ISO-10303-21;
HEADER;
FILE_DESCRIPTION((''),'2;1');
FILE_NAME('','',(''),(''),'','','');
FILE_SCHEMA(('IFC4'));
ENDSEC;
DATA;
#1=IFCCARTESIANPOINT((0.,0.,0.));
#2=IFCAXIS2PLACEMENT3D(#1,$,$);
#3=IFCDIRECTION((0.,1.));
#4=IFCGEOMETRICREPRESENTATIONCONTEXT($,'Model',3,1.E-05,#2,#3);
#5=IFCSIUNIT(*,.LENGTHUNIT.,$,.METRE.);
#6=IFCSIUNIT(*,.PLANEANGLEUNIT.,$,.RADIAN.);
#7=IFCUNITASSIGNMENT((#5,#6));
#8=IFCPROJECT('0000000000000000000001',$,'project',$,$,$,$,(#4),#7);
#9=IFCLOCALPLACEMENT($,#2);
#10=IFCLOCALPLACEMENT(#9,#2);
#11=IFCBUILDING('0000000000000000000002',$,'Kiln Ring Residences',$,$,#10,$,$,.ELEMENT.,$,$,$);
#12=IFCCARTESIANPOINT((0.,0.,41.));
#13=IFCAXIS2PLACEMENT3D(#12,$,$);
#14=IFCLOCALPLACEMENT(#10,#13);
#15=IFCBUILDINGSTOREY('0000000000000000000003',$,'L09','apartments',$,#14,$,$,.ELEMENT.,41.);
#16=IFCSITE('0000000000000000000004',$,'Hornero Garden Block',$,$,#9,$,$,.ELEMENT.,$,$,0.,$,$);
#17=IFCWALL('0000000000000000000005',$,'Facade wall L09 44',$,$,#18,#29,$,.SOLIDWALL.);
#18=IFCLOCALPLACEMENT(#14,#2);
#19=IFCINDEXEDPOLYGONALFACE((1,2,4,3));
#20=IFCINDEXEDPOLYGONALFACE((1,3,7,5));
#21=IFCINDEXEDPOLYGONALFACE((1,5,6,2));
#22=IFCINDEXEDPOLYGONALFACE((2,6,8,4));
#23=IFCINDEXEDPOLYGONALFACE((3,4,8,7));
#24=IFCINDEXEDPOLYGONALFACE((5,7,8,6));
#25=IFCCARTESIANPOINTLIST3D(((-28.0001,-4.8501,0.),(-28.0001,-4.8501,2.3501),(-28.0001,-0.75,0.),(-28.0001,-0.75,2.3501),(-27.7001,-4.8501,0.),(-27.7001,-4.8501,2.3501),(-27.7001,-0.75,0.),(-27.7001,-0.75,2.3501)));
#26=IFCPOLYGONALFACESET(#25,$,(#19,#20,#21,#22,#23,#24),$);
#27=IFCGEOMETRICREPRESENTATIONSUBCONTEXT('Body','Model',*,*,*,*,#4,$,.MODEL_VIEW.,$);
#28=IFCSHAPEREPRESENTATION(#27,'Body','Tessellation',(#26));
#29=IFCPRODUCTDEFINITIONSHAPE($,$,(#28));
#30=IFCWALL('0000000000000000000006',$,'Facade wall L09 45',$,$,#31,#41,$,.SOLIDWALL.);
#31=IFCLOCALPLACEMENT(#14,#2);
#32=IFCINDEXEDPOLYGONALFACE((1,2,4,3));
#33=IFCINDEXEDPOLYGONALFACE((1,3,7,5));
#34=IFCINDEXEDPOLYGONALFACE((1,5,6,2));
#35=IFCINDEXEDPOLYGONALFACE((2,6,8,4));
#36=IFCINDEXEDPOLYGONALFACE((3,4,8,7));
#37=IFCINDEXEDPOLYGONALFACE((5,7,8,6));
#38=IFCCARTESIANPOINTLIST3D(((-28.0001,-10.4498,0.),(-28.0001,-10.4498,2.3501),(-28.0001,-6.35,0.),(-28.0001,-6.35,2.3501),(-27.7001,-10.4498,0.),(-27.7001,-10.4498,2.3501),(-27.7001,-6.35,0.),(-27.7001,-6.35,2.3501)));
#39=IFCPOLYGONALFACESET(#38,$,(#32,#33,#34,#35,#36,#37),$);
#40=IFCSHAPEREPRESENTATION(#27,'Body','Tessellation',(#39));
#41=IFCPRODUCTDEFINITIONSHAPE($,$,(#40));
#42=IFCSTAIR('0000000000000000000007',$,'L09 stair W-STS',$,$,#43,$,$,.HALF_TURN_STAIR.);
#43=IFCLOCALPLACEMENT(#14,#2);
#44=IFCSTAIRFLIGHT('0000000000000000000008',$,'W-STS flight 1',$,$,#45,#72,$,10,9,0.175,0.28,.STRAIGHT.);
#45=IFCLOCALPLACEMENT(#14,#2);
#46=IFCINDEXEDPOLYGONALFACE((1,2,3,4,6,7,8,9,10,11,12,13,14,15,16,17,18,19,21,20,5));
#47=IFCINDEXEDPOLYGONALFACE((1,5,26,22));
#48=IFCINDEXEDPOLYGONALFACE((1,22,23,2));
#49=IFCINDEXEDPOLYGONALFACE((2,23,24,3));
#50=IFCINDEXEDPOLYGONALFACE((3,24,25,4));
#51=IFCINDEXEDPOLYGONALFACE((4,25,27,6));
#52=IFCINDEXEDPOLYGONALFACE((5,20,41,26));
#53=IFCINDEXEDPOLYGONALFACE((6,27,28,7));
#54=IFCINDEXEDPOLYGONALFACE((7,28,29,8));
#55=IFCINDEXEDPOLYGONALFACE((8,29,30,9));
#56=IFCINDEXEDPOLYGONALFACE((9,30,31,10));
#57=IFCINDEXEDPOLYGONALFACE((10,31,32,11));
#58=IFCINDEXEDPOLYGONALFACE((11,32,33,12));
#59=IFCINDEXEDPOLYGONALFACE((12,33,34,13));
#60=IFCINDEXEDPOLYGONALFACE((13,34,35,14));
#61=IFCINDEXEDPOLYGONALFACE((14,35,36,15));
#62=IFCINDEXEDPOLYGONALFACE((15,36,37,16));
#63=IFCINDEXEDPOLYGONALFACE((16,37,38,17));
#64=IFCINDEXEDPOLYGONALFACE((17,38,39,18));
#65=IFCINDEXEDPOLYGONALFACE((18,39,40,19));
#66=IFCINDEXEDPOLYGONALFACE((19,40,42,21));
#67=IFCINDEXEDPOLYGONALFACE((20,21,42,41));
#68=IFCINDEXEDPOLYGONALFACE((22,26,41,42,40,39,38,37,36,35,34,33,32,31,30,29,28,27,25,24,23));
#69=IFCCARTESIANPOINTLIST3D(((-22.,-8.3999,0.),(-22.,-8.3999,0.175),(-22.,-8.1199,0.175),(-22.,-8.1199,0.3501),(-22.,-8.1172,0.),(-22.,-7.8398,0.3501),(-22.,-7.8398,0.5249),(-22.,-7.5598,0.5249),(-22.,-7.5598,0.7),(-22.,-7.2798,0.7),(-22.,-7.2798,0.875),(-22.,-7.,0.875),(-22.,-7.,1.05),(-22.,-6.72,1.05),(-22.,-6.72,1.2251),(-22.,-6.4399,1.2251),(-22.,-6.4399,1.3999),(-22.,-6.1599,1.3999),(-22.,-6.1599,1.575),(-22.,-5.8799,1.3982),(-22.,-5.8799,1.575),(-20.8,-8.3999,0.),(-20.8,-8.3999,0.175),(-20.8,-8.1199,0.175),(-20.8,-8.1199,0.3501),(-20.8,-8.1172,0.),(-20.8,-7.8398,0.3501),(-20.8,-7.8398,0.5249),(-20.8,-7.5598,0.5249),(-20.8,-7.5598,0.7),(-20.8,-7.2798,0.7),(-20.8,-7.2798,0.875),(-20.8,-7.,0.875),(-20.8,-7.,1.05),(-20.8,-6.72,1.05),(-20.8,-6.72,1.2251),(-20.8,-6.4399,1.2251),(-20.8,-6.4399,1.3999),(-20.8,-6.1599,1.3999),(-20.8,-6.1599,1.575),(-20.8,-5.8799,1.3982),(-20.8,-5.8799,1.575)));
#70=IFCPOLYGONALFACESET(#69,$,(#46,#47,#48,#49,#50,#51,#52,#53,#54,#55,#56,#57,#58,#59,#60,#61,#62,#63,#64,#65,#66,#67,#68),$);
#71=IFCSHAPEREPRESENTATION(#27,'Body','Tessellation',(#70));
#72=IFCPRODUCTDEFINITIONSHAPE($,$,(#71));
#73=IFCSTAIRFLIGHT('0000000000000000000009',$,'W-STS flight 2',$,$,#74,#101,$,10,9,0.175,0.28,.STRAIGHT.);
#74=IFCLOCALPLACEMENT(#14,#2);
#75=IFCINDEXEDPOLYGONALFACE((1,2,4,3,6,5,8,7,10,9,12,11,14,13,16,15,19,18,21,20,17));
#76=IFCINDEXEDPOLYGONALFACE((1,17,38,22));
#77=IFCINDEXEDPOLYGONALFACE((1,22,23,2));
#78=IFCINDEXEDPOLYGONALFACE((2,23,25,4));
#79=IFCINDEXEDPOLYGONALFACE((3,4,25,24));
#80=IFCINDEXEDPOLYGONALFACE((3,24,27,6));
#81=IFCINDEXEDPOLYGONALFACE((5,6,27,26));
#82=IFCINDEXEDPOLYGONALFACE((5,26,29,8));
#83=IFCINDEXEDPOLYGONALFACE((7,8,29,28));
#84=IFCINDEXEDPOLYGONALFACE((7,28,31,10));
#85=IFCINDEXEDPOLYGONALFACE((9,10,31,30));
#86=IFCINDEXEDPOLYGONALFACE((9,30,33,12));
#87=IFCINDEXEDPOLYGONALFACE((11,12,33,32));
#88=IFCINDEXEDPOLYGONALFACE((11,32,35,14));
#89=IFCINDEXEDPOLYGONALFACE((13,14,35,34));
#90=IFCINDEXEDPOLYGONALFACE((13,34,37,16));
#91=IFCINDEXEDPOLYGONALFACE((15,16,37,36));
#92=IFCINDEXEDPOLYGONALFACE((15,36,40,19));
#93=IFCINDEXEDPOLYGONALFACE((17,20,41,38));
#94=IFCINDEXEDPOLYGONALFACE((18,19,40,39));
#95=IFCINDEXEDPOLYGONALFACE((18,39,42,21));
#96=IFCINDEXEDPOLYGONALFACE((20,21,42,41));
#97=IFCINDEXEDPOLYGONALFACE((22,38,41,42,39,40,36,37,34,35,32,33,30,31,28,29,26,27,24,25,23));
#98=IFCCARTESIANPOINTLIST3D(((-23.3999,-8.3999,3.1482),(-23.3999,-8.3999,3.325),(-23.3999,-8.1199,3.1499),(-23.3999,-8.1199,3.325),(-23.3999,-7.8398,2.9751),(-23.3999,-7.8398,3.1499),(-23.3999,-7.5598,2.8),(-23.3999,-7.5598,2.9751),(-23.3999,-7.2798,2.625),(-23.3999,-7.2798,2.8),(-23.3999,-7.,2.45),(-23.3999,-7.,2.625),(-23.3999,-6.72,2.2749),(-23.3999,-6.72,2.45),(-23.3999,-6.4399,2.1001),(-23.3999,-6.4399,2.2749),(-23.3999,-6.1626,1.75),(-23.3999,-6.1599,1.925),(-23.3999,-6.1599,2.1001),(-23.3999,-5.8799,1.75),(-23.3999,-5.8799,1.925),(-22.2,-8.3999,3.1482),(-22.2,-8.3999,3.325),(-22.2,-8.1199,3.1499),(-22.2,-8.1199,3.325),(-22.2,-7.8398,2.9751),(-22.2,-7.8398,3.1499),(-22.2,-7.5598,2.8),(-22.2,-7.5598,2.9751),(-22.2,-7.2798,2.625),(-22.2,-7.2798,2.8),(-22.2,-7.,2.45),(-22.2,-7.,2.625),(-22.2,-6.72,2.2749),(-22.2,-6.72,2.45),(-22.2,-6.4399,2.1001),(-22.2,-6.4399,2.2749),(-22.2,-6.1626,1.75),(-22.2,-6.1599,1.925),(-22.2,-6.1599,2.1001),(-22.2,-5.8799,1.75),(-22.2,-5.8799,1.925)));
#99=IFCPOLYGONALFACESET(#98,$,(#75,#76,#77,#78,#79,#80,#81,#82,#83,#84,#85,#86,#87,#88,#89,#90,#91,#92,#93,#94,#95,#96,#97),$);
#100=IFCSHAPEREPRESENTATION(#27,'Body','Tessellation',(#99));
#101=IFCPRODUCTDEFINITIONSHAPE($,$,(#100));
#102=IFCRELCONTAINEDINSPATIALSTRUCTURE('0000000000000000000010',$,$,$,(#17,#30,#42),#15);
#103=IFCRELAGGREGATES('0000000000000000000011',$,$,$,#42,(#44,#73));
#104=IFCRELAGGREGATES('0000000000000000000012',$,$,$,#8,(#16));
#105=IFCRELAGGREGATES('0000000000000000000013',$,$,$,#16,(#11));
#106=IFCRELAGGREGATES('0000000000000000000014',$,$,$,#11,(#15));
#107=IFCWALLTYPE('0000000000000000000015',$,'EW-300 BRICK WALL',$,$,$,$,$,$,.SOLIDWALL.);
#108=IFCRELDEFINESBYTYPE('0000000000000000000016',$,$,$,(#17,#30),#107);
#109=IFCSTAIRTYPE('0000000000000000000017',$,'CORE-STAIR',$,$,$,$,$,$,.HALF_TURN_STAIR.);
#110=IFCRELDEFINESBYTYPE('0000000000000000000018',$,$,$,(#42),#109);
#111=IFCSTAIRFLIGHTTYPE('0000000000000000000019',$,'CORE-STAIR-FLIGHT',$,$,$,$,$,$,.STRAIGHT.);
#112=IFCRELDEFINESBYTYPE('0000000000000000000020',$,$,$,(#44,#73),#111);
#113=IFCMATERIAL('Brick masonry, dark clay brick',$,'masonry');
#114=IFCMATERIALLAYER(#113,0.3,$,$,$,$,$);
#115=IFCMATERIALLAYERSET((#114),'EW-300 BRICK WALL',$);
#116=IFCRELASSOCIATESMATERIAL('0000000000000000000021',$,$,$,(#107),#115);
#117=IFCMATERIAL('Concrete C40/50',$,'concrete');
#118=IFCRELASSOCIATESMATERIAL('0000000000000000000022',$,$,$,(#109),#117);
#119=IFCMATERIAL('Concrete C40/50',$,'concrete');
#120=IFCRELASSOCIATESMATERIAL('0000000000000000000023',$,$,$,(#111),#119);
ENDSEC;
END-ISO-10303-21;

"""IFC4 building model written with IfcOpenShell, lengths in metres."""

from ifc_helpers import new_model, si_unit, direction, frame, frame_2d, origin, place, context, subcontext, project, spatial, polyline, rectangle, outline, extrude, material, layer, layer_set, type_object, element, aggregate, save


model = new_model("IFC4")

# Units and contexts
model_context = context("Model", 3, precision=1e-05, world=origin(), true_north=direction((0.0, 1.0)))
body_context = subcontext(model_context, "Body", "Model", "MODEL_VIEW")
ifc_project = project(units=[si_unit("LENGTHUNIT", "METRE"), si_unit("PLANEANGLEUNIT", "RADIAN")], contexts=[model_context])

# Site, building, storey
site_placement = place(None, origin())
site = spatial("IfcSite", under=ifc_project, at=site_placement, Name="Hornero Garden Block", CompositionType="ELEMENT", RefElevation=0.0)
building_placement = place(site_placement, origin())
building = spatial("IfcBuilding", under=site, at=building_placement, Name="Kiln Ring Residences", CompositionType="ELEMENT")
storey_placement = place(building_placement, frame((0.0, 0.0, 41.0)))
storey = spatial("IfcBuildingStorey", under=building, at=storey_placement, Name="L09", Description="apartments", CompositionType="ELEMENT", Elevation=41.0)

# Walls
ifc_material_1 = material(Name="Brick masonry, dark clay brick", Category="masonry")
ifc_layer_1 = layer(ifc_material_1, 0.3)
ifc_layer_set_1 = layer_set([ifc_layer_1], Name="EW-300 BRICK WALL")
wall_type_1 = type_object("IfcWallType", Name="EW-300 BRICK WALL", PredefinedType="SOLIDWALL", material=ifc_layer_set_1)
wall_1_placement = place(storey_placement, frame((-27.8501, -0.75, 0.0), z_axis=(0.0, 0.0, 1.0), x_axis=(0.0, -1.0, 0.0)))
element("IfcWall", 1, at=wall_1_placement, inside=storey, type_object=wall_type_1, Name="Facade wall L09 44", PredefinedType="SOLIDWALL", context=body_context, shape_type="SweptSolid", body=[
    extrude(rectangle(XDim=4.1001, YDim=0.3, at=frame_2d((2.05, 0.0))), origin(), (0.0, 0.0, 1.0), 2.3501),
])
wall_2_placement = place(storey_placement, frame((-27.8501, -6.3501, 0.0), z_axis=(0.0, 0.0, 1.0), x_axis=(0.0, -1.0, 0.0)))
element("IfcWall", 2, at=wall_2_placement, inside=storey, type_object=wall_type_1, Name="Facade wall L09 45", PredefinedType="SOLIDWALL", context=body_context, shape_type="SweptSolid", body=[
    extrude(rectangle(XDim=4.0999, YDim=0.3, at=frame_2d((2.0498, 0.0))), origin(), (0.0, 0.0, 1.0), 2.3501),
])

# Stair, stair flights
ifc_material_2 = material(Name="Concrete C40/50", Category="concrete")
stair_type = type_object("IfcStairType", Name="CORE-STAIR", PredefinedType="HALF_TURN_STAIR", material=ifc_material_2)
stair_placement = place(storey_placement, origin())
stair = element("IfcStair", 3, at=stair_placement, inside=storey, type_object=stair_type, Name="L09 stair W-STS", PredefinedType="HALF_TURN_STAIR")
ifc_material_3 = material(Name="Concrete C40/50", Category="concrete")
stair_flight_type = type_object("IfcStairFlightType", Name="CORE-STAIR-FLIGHT", PredefinedType="STRAIGHT", material=ifc_material_3)
stair_flight_1_placement = place(storey_placement, frame((-21.3999, -8.3999, 0.0), z_axis=(0.0, 0.0, 1.0), x_axis=(0.0, 1.0, 0.0)))
stair_flight_1 = element("IfcStairFlight", 4, at=stair_flight_1_placement, type_object=stair_flight_type, Name="W-STS flight 1", NumberOfRisers=10, NumberOfTreads=9, PredefinedType="STRAIGHT", RiserHeight=0.175, TreadLength=0.28, context=body_context, shape_type="SweptSolid", body=[
    extrude(outline(polyline([(0.0, 0.0), (0.0, 0.175), (0.28, 0.175), (0.28, 0.3501), (0.5601, 0.3501), (0.5601, 0.5249), (0.8401, 0.5249), (0.8401, 0.7), (1.1201, 0.7), (1.1201, 0.875), (1.3999, 0.875), (1.3999, 1.05), (1.6799, 1.05), (1.6799, 1.2251), (1.96, 1.2251), (1.96, 1.3999), (2.24, 1.3999), (2.24, 1.575), (2.52, 1.575), (2.52, 1.75), (2.52, 1.3982), (0.2827, 0.0), (0.0, 0.0)])), frame((0.0, 0.6001, 0.0), z_axis=(0.0, -1.0, 0.0), x_axis=(1.0, 0.0, 0.0)), (0.0, 0.0, 1.0), 1.2),
])
stair_flight_2_placement = place(storey_placement, frame((-22.8, -5.8799, 1.75), z_axis=(0.0, 0.0, 1.0), x_axis=(0.0, -1.0, 0.0)))
stair_flight_2 = element("IfcStairFlight", 5, at=stair_flight_2_placement, type_object=stair_flight_type, Name="W-STS flight 2", NumberOfRisers=10, NumberOfTreads=9, PredefinedType="STRAIGHT", RiserHeight=0.175, TreadLength=0.28, context=body_context, shape_type="SweptSolid", body=[
    extrude(outline(polyline([(0.0, 0.0), (0.0, 0.175), (0.28, 0.175), (0.28, 0.3501), (0.5601, 0.3501), (0.5601, 0.5249), (0.8401, 0.5249), (0.8401, 0.7), (1.1201, 0.7), (1.1201, 0.875), (1.3999, 0.875), (1.3999, 1.05), (1.6799, 1.05), (1.6799, 1.2251), (1.96, 1.2251), (1.96, 1.3999), (2.24, 1.3999), (2.24, 1.575), (2.52, 1.575), (2.52, 1.75), (2.52, 1.3982), (0.2827, 0.0), (0.0, 0.0)])), frame((0.0, 0.6001, 0.0), z_axis=(0.0, -1.0, 0.0), x_axis=(1.0, 0.0, 0.0)), (0.0, 0.0, 1.0), 1.2),
])
aggregate(stair, [stair_flight_1, stair_flight_2])

save(model, "model.ifc")
